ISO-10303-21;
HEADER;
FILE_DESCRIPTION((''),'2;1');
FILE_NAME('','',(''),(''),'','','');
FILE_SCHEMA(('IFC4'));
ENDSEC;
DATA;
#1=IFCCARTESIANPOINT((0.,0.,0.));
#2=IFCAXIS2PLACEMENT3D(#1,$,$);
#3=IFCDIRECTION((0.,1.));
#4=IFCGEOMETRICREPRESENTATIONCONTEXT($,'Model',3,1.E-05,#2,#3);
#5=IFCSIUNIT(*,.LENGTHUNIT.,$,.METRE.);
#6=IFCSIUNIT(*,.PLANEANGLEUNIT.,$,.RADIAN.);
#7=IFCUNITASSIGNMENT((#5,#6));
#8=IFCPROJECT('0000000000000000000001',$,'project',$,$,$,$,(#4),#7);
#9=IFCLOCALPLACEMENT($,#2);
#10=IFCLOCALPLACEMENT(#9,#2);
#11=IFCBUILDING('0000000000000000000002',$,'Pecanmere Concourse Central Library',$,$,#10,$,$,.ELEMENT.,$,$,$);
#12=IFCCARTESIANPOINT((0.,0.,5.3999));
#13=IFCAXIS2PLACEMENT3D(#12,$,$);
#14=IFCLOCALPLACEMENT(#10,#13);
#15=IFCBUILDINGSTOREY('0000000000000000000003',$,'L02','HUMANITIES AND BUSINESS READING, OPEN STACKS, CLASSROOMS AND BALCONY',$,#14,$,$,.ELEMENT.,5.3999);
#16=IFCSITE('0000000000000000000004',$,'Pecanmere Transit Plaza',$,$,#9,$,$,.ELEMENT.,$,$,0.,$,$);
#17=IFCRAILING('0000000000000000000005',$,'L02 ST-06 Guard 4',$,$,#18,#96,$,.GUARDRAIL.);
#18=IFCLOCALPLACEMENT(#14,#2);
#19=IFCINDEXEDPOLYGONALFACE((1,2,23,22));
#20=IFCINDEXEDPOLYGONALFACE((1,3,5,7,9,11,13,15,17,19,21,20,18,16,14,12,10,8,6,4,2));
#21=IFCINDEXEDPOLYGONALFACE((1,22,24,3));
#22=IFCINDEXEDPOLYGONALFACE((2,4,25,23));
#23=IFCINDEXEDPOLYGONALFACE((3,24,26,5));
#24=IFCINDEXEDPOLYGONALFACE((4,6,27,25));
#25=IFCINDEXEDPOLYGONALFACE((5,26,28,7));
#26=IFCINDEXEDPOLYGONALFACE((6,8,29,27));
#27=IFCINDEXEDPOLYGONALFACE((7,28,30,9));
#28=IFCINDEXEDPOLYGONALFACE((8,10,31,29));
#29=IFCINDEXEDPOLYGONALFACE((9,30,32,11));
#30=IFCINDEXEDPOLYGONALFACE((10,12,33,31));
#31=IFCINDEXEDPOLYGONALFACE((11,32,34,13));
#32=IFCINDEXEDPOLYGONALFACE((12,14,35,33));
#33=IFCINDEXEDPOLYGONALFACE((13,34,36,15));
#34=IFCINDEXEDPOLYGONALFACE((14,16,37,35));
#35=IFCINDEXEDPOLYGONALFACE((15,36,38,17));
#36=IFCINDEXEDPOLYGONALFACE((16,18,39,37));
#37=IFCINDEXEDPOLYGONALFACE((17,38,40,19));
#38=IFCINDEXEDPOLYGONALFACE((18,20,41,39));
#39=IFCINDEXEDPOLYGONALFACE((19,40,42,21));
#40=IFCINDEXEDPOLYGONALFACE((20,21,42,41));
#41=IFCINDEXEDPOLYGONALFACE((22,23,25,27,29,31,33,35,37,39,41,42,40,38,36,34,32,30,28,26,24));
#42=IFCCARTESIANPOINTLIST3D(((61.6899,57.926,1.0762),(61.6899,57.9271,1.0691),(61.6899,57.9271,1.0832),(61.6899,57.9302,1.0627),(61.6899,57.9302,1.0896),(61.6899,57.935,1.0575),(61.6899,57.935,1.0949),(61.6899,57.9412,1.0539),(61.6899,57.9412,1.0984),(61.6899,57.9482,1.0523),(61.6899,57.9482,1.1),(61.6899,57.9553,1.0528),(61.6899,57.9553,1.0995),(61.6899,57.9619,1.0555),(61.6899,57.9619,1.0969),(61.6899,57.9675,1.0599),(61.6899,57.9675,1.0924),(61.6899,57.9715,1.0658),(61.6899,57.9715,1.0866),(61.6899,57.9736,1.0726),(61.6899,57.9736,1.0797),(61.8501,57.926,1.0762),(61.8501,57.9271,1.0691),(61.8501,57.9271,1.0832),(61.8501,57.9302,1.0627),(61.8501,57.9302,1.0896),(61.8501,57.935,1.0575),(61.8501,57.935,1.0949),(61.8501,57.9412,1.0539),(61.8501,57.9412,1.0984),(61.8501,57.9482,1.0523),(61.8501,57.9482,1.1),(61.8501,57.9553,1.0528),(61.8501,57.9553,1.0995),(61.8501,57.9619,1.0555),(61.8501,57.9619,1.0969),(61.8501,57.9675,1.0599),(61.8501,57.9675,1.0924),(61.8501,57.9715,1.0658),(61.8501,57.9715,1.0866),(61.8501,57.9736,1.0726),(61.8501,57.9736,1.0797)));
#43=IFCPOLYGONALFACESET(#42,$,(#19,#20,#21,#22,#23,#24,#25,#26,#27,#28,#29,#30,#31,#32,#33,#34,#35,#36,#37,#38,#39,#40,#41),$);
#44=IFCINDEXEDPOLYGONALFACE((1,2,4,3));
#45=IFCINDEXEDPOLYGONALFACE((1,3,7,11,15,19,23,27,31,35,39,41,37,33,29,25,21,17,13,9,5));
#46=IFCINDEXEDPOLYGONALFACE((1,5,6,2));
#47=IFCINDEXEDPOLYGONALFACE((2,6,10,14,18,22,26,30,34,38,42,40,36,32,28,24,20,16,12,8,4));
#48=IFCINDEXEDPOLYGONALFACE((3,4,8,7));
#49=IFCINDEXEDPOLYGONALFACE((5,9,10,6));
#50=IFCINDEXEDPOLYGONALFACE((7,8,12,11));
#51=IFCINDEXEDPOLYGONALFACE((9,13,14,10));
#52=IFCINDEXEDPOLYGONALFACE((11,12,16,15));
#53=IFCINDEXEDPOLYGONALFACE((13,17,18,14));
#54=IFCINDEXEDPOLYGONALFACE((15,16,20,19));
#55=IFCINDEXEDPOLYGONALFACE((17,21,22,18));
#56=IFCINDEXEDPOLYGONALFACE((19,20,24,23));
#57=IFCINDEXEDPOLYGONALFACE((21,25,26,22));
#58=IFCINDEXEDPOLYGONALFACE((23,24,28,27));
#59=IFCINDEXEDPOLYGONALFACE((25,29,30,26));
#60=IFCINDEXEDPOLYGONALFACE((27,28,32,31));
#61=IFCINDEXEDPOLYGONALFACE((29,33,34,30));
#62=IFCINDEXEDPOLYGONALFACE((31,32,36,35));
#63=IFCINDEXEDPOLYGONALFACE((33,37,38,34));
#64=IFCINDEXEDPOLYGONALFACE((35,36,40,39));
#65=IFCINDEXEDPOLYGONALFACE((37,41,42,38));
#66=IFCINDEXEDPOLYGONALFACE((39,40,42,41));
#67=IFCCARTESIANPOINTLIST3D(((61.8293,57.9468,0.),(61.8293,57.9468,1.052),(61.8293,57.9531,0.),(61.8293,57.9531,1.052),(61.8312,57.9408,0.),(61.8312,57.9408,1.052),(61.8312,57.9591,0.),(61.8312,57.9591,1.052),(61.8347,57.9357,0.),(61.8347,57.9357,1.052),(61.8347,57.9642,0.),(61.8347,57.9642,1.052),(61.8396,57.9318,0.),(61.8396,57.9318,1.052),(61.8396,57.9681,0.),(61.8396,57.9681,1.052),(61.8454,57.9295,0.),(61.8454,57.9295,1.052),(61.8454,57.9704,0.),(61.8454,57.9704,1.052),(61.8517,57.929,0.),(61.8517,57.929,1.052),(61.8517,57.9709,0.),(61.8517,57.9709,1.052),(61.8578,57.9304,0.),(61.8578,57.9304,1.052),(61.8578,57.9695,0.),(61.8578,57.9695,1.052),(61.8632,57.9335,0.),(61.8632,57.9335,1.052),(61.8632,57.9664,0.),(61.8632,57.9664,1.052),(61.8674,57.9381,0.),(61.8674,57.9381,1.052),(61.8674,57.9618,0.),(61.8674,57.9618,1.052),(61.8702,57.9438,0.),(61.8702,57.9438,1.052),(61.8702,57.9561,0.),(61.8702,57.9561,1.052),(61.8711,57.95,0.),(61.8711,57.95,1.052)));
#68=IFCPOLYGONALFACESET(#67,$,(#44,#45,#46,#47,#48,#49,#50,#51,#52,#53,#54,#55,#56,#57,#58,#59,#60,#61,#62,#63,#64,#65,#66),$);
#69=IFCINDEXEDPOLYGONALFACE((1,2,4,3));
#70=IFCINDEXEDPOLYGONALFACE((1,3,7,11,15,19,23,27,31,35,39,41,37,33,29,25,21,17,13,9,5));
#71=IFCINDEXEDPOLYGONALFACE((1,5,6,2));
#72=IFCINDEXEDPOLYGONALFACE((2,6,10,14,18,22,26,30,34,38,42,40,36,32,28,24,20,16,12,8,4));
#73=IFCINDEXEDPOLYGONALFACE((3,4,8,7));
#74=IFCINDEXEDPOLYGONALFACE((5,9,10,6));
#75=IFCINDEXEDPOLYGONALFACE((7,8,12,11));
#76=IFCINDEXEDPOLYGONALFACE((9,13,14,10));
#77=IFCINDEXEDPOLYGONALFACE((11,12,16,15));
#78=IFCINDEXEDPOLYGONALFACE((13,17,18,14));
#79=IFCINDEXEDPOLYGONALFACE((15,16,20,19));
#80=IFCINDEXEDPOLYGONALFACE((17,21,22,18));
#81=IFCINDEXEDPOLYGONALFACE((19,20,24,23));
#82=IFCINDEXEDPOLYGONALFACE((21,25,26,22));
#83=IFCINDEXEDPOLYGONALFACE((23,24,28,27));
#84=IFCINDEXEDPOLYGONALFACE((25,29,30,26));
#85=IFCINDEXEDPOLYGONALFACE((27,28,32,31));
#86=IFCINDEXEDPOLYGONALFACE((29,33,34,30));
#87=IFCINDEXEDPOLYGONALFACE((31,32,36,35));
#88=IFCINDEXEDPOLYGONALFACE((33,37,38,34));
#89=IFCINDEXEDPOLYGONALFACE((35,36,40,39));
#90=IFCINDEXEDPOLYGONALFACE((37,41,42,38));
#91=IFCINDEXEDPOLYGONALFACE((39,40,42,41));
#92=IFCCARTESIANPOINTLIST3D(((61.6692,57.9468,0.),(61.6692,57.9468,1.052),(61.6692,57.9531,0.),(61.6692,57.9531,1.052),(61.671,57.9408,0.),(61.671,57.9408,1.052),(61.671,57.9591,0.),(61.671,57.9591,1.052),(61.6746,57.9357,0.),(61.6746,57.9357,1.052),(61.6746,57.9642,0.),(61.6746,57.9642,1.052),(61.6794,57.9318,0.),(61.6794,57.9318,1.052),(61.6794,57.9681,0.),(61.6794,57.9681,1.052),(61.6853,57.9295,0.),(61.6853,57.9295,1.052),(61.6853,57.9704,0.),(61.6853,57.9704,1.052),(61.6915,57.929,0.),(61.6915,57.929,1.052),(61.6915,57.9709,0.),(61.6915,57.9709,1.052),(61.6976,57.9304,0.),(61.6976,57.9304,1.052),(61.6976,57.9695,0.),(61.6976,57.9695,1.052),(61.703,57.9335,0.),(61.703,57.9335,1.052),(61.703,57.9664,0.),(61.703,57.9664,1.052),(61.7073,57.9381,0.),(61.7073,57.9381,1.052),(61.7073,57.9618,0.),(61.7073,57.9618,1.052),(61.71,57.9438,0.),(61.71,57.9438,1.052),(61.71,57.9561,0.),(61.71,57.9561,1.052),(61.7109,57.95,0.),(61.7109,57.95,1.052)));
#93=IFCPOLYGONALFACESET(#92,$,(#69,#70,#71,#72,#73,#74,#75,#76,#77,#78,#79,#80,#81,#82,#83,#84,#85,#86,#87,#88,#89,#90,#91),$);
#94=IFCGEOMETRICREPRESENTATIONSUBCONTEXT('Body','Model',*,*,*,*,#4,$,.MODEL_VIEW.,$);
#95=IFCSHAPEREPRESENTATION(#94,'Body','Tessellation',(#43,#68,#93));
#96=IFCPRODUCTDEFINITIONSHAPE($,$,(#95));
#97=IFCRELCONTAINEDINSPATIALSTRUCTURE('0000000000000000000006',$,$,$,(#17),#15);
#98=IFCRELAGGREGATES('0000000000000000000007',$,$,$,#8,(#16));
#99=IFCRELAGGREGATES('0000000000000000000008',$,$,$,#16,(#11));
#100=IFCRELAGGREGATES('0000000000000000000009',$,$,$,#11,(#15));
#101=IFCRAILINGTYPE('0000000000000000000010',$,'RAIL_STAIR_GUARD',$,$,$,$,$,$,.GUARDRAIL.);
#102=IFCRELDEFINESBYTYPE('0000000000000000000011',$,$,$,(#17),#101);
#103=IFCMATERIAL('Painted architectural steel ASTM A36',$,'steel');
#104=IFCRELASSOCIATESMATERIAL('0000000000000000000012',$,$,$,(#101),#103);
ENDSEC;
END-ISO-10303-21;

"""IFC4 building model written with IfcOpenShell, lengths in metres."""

from ifc_helpers import new_model, si_unit, direction, frame, origin, origin_2d, place, context, subcontext, project, spatial, circle, extrude, material, type_object, element, save


model = new_model("IFC4")

# Units and contexts
model_context = context("Model", 3, precision=1e-05, world=origin(), true_north=direction((0.0, 1.0)))
body_context = subcontext(model_context, "Body", "Model", "MODEL_VIEW")
ifc_project = project(units=[si_unit("LENGTHUNIT", "METRE"), si_unit("PLANEANGLEUNIT", "RADIAN")], contexts=[model_context])

# Site, building, storey
site_placement = place(None, origin())
site = spatial("IfcSite", under=ifc_project, at=site_placement, Name="Pecanmere Transit Plaza", CompositionType="ELEMENT", RefElevation=0.0)
building_placement = place(site_placement, origin())
building = spatial("IfcBuilding", under=site, at=building_placement, Name="Pecanmere Concourse Central Library", CompositionType="ELEMENT")
storey_placement = place(building_placement, frame((0.0, 0.0, 5.3999)))
storey = spatial("IfcBuildingStorey", under=building, at=storey_placement, Name="L02", Description="HUMANITIES AND BUSINESS READING, OPEN STACKS, CLASSROOMS AND BALCONY", CompositionType="ELEMENT", Elevation=5.3999)

# Railing
ifc_material_1 = material(Name="Painted architectural steel ASTM A36", Category="steel")
railing_type_1 = type_object("IfcRailingType", Name="RAIL_STAIR_GUARD", PredefinedType="GUARDRAIL", material=ifc_material_1)
railing_1_placement = place(storey_placement, frame((61.8501, 57.95, 0.0)))
element("IfcRailing", 1, at=railing_1_placement, inside=storey, type_object=railing_type_1, Name="L02 ST-06 Guard 4", PredefinedType="GUARDRAIL", context=body_context, shape_type="SweptSolid", body=[
    extrude(circle(Radius=0.0239, at=origin_2d()), frame((0.0, 0.0, 1.0762), z_axis=(-1.0, 0.0, 0.0), x_axis=(0.0, -1.0, 0.0)), (0.0, 0.0, 1.0), 0.1602),
    extrude(circle(Radius=0.021, at=origin_2d()), origin(), (0.0, 0.0, 1.0), 1.052),
    extrude(circle(Radius=0.021, at=origin_2d()), frame((-0.1602, 0.0, 0.0)), (0.0, 0.0, 1.0), 1.052),
])

save(model, "model.ifc")
